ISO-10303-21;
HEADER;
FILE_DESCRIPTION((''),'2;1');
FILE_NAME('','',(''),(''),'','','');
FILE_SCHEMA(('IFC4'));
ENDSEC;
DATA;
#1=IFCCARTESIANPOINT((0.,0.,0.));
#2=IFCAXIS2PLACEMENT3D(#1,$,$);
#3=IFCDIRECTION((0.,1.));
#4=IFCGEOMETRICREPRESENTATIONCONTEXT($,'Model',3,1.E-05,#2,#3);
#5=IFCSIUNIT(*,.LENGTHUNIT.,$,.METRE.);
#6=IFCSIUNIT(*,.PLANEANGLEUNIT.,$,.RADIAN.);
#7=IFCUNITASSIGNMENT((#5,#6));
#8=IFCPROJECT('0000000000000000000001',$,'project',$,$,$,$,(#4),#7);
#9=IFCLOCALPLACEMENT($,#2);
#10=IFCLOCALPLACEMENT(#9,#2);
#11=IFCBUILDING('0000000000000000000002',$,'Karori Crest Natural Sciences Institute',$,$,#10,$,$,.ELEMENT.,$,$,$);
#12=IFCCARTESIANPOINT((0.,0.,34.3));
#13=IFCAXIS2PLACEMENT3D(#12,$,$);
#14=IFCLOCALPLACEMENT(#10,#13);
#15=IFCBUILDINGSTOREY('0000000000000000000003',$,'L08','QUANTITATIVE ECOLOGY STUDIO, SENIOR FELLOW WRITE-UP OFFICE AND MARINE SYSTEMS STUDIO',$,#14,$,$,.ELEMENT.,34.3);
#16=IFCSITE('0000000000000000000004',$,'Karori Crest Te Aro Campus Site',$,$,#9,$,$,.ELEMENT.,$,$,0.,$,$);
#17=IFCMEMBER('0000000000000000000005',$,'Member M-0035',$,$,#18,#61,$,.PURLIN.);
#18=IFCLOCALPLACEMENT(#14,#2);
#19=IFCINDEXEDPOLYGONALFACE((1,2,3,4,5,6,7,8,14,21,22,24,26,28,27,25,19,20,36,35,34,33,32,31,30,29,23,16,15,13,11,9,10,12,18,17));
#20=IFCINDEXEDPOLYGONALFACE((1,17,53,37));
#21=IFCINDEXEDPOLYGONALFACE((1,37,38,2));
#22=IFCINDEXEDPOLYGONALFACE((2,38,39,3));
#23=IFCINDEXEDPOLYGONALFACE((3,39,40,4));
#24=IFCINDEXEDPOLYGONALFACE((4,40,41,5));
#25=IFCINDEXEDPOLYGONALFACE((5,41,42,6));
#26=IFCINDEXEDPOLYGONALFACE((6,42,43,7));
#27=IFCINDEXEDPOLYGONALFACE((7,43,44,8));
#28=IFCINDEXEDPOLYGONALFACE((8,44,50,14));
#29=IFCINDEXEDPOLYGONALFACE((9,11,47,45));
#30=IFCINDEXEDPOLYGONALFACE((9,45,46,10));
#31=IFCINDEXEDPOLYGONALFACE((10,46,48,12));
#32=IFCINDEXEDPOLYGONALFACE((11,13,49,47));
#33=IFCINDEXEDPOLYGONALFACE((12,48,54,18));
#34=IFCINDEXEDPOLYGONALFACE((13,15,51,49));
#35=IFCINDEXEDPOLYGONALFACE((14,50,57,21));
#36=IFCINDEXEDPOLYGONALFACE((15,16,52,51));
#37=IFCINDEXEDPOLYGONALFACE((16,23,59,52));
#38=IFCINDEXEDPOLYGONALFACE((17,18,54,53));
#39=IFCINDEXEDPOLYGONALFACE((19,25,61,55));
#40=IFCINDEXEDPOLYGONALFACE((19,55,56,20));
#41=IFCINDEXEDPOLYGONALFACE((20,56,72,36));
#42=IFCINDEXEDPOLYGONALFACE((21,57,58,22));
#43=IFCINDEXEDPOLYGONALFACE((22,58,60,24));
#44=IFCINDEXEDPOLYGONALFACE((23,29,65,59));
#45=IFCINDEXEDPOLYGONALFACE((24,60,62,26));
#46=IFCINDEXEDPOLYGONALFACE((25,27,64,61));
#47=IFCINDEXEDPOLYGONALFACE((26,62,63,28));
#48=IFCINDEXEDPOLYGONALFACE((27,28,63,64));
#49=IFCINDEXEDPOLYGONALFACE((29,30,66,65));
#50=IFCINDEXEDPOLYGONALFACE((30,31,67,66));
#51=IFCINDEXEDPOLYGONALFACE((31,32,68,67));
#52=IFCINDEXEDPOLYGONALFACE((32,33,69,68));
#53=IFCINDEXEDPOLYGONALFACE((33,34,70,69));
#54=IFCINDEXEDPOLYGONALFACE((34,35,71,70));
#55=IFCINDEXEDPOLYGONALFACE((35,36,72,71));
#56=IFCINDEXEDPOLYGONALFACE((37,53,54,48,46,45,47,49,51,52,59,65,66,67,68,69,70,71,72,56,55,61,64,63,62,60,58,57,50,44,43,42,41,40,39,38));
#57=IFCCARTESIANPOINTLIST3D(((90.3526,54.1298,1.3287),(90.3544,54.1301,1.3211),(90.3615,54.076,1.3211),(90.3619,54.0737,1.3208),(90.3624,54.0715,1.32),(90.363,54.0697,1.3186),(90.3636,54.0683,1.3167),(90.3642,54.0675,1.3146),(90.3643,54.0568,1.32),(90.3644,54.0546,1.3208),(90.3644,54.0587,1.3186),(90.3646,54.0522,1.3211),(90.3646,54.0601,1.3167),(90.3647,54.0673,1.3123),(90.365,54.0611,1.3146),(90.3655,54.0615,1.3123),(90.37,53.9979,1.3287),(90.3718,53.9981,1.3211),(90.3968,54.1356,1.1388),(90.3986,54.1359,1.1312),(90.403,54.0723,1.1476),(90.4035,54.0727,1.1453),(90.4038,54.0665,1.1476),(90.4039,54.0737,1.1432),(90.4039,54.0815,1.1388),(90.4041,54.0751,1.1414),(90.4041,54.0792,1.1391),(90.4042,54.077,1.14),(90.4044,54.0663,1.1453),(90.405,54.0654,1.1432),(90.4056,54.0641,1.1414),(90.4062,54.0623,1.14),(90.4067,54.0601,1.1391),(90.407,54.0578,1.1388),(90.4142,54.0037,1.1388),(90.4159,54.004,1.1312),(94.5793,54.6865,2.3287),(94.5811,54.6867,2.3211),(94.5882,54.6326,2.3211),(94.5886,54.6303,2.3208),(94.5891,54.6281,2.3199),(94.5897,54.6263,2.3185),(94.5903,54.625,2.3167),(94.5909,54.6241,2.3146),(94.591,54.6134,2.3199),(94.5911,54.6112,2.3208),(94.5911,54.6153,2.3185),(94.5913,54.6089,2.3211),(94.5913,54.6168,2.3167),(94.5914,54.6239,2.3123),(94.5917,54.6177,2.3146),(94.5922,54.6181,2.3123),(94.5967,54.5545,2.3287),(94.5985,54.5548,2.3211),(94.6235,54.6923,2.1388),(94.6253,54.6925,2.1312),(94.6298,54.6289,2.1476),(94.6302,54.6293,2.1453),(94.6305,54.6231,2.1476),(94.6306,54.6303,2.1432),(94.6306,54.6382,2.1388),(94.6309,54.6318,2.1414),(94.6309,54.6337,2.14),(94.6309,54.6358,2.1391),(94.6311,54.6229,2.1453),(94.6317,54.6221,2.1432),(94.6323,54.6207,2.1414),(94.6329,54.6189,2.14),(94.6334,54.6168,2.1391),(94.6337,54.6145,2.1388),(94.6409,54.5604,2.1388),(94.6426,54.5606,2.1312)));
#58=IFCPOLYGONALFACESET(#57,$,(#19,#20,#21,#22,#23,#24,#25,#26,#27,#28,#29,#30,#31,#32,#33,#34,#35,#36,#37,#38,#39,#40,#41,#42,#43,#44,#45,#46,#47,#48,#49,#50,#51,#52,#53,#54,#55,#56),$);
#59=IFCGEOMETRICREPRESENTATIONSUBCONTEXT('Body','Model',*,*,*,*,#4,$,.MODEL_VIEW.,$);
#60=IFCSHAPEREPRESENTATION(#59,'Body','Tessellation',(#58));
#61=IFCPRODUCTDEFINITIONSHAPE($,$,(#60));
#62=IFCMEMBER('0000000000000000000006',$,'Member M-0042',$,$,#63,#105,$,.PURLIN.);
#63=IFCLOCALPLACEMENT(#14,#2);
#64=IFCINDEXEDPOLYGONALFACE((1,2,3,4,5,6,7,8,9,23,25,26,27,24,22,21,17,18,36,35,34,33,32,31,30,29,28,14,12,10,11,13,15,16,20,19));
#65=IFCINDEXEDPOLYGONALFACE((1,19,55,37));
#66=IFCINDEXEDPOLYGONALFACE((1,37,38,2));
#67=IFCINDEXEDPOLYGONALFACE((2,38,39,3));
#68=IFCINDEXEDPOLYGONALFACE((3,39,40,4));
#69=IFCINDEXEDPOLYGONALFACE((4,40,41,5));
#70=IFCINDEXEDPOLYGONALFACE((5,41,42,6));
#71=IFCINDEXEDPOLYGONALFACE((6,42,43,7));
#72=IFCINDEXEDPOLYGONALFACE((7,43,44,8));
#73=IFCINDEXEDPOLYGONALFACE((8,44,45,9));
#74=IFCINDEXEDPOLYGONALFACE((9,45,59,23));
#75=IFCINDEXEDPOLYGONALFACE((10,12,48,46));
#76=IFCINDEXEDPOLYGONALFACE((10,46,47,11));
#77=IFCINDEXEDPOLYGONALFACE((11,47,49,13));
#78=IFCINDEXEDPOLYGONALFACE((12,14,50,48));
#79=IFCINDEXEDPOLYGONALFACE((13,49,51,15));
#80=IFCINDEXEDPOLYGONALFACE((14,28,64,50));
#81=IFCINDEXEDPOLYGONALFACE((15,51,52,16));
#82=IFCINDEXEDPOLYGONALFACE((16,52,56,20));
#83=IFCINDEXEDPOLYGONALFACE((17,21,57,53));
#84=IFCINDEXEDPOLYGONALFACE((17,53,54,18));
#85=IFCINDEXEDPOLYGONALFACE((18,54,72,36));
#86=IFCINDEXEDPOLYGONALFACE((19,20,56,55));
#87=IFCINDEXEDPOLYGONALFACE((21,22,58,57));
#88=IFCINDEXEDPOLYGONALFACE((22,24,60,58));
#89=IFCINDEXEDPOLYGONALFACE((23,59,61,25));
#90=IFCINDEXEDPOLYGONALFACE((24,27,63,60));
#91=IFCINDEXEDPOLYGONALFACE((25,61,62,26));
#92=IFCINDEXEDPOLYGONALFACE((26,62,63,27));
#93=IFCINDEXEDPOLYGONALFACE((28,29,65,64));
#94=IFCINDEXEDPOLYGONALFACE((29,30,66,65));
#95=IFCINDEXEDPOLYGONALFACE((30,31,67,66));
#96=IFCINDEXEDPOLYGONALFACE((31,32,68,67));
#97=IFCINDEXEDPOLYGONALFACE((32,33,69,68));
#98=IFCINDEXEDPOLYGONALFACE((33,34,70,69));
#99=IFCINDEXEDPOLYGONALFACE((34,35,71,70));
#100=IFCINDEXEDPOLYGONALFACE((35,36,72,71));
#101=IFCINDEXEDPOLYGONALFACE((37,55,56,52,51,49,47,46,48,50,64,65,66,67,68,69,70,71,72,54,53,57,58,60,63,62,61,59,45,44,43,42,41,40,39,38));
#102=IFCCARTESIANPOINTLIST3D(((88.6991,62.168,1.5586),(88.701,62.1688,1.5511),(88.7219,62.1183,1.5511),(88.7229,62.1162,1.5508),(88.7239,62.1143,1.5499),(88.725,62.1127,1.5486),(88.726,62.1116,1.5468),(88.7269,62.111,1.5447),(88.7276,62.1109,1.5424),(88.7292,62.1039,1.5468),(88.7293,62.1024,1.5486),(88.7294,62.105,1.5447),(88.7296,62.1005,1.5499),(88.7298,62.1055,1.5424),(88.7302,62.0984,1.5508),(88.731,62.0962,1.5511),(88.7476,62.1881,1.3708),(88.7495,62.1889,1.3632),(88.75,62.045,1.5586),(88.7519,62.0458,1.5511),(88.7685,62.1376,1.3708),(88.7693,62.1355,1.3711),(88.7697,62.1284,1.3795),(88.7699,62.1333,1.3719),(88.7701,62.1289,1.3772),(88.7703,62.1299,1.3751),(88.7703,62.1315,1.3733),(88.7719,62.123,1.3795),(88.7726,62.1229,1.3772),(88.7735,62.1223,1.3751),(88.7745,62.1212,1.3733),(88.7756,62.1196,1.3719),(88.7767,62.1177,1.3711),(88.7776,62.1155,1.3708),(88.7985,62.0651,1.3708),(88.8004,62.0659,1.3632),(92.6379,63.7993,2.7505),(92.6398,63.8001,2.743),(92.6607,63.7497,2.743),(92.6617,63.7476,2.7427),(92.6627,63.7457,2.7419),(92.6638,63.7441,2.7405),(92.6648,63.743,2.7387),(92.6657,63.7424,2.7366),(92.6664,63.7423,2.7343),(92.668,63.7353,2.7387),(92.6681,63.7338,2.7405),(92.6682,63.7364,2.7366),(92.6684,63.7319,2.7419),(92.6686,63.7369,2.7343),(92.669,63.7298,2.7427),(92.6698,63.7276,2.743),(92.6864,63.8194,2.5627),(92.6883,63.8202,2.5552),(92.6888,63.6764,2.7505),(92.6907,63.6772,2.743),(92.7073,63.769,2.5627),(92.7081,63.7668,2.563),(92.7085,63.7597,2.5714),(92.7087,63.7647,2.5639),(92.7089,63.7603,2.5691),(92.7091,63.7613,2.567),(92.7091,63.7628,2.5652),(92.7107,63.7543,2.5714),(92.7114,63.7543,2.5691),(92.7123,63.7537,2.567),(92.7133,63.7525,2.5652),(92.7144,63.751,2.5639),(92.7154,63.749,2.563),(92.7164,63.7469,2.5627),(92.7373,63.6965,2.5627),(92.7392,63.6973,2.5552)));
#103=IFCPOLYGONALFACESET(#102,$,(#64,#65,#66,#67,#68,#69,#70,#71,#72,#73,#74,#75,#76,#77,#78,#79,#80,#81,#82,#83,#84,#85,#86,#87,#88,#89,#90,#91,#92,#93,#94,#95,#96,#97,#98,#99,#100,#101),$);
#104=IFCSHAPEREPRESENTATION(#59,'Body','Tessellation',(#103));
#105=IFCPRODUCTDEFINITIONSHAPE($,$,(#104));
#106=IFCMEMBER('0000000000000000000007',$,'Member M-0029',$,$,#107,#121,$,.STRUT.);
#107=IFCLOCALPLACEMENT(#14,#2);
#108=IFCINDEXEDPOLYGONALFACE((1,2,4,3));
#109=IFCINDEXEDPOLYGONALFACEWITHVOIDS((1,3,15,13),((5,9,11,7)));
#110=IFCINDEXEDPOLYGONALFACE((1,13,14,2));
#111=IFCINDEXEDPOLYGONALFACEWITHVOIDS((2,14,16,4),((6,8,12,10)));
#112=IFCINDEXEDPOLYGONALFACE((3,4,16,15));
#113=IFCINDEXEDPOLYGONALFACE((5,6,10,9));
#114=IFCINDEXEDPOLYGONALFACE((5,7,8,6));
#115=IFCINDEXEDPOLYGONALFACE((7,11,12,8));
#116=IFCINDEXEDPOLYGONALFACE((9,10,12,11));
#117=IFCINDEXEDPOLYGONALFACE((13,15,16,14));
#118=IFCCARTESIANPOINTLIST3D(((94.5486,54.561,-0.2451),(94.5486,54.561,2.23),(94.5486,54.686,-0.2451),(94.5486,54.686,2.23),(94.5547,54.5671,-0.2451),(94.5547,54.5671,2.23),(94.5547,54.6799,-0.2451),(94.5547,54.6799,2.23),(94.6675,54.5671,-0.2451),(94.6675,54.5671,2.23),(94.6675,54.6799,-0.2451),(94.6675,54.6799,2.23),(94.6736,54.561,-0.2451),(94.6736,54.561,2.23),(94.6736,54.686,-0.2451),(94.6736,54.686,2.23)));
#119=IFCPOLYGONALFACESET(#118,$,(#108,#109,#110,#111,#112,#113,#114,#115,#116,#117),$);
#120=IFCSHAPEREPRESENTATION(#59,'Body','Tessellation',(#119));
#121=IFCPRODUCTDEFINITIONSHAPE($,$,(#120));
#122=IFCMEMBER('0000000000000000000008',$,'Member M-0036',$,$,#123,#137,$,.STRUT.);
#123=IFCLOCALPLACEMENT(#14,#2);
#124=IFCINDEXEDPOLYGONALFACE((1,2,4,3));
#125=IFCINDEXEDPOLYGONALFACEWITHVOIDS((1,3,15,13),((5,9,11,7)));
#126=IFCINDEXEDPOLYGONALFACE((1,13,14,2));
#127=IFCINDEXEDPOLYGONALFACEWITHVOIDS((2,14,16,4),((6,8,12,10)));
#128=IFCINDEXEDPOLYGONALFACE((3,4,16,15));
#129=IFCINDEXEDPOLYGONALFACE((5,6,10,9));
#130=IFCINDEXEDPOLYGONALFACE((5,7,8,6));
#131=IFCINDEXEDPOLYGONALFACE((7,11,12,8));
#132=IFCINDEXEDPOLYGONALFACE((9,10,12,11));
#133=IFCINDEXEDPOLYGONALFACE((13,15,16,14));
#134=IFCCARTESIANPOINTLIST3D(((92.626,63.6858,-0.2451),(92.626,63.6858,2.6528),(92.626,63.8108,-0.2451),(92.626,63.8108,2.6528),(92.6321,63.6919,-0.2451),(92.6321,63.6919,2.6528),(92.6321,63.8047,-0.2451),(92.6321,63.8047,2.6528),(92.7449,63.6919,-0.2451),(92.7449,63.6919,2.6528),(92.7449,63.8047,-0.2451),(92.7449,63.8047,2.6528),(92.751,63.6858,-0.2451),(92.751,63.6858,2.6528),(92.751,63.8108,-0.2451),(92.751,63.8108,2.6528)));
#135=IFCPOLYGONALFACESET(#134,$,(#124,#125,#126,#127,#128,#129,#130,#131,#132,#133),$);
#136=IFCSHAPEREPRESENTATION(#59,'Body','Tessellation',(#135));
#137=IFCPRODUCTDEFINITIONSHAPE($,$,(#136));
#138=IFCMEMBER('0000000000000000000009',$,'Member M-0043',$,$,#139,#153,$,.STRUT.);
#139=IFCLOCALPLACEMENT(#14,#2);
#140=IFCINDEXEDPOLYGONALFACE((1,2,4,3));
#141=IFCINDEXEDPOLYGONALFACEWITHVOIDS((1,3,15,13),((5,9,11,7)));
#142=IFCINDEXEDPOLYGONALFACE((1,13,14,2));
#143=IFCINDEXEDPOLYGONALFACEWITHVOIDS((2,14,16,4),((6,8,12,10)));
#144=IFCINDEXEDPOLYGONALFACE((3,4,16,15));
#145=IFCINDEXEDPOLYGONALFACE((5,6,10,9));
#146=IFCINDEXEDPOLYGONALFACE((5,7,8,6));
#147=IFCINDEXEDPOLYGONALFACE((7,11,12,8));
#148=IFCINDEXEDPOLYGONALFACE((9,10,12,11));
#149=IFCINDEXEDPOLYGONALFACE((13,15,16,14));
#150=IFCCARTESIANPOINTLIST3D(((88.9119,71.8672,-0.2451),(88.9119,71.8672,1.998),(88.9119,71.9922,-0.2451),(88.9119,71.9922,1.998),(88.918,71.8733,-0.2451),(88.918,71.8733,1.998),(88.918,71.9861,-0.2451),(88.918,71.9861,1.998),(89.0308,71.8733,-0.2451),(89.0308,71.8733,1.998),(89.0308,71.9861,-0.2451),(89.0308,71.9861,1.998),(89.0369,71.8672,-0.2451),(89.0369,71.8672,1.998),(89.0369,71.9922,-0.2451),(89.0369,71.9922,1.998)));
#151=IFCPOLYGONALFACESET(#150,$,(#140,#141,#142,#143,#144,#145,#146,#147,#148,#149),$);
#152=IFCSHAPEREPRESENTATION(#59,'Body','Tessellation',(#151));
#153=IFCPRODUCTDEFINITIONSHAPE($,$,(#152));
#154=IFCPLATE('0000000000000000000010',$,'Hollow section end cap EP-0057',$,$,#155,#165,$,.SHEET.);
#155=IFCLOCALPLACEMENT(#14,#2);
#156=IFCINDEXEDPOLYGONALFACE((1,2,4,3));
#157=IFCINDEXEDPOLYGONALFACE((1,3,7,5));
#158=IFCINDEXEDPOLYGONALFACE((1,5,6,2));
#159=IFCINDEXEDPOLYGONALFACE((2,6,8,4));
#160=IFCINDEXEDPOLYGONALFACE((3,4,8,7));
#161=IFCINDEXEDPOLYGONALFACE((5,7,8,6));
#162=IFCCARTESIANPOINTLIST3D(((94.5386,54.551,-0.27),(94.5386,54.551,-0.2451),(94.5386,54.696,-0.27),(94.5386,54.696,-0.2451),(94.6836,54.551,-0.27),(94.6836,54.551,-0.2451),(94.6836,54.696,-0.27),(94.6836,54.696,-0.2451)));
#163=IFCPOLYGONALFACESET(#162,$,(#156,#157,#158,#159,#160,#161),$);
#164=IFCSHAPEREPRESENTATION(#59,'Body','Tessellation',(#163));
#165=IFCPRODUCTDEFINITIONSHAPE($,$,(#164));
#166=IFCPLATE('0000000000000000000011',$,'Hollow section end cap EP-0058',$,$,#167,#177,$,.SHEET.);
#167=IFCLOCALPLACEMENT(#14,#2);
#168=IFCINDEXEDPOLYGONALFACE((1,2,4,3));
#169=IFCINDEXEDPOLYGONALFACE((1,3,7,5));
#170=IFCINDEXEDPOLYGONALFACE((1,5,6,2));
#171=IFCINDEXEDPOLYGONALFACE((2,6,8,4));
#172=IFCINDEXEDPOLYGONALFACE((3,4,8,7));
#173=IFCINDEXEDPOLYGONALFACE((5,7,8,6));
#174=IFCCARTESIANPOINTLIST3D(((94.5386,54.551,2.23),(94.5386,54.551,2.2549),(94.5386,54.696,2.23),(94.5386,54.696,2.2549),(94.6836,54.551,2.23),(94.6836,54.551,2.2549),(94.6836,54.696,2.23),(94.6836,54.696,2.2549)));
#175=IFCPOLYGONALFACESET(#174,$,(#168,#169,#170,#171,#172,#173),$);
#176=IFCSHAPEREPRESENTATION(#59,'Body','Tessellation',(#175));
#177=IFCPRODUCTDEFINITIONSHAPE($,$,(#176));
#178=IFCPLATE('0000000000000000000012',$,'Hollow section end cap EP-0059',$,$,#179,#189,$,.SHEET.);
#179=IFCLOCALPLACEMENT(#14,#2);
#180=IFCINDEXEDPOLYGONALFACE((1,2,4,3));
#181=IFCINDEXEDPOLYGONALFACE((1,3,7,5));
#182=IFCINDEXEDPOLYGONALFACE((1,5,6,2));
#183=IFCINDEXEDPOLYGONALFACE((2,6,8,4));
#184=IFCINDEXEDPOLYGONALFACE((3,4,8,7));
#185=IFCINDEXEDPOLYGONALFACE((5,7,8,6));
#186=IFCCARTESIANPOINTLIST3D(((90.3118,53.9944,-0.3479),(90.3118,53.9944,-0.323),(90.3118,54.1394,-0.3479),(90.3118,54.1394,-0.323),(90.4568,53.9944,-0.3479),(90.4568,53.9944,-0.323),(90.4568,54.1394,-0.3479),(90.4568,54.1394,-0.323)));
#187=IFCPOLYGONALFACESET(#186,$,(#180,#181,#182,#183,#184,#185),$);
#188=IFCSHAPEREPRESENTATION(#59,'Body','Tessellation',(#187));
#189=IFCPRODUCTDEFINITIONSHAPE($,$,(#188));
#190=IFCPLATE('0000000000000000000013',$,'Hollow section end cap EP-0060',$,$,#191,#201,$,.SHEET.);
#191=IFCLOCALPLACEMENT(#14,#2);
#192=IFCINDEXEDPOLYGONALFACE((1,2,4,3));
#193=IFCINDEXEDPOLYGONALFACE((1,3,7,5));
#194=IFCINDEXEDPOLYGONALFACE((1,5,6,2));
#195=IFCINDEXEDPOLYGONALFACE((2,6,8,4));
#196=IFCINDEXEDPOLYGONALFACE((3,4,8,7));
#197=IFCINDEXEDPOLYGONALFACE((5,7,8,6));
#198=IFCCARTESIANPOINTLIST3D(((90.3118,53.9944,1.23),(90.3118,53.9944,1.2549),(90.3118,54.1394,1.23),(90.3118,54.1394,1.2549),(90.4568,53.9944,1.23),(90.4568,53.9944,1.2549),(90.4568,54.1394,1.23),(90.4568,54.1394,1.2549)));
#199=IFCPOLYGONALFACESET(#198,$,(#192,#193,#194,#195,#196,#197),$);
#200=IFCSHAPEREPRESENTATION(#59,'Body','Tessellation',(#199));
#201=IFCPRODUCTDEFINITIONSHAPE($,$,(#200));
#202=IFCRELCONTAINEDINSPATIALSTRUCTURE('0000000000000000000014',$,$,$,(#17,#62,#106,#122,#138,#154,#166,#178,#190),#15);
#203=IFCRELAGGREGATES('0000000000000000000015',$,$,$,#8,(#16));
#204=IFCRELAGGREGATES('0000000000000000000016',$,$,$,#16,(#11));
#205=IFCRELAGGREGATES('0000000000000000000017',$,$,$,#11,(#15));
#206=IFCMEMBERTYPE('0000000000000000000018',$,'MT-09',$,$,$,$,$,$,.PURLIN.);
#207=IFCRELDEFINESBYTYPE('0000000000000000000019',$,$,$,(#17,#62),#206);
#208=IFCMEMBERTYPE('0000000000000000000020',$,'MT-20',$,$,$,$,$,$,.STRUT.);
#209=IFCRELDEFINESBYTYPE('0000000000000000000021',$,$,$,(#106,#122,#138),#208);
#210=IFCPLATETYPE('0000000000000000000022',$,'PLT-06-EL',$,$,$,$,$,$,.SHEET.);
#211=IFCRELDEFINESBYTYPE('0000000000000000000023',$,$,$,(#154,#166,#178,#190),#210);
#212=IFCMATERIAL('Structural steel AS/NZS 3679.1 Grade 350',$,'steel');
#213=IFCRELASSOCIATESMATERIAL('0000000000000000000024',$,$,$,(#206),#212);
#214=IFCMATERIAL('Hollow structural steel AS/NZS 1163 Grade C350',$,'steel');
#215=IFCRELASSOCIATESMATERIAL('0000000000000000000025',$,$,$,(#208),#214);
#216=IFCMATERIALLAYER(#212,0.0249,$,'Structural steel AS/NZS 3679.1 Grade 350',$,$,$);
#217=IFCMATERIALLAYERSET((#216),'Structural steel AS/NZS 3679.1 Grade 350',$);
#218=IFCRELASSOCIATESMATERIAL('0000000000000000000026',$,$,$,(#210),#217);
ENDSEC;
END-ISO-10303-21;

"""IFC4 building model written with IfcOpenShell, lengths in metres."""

from ifc_helpers import new_model, si_unit, direction, frame, origin, origin_2d, place, context, subcontext, project, spatial, rectangle, hollow_rectangle, i_section, extrude, material, layer, layer_set, material_profile, profile_set, type_object, element, save


model = new_model("IFC4")

# Units and contexts
model_context = context("Model", 3, precision=1e-05, world=origin(), true_north=direction((0.0, 1.0)))
body_context = subcontext(model_context, "Body", "Model", "MODEL_VIEW")
ifc_project = project(units=[si_unit("LENGTHUNIT", "METRE"), si_unit("PLANEANGLEUNIT", "RADIAN")], contexts=[model_context])

# Site, building, storey
site_placement = place(None, origin())
site = spatial("IfcSite", under=ifc_project, at=site_placement, Name="Karori Crest Te Aro Campus Site", CompositionType="ELEMENT", RefElevation=0.0)
building_placement = place(site_placement, origin())
building = spatial("IfcBuilding", under=site, at=building_placement, Name="Karori Crest Natural Sciences Institute", CompositionType="ELEMENT")
storey_placement = place(building_placement, frame((0.0, 0.0, 34.3)))
storey = spatial("IfcBuildingStorey", under=building, at=storey_placement, Name="L08", Description="QUANTITATIVE ECOLOGY STUDIO, SENIOR FELLOW WRITE-UP OFFICE AND MARINE SYSTEMS STUDIO", CompositionType="ELEMENT", Elevation=34.3)

# Members
ifc_material_1 = material(Name="Structural steel AS/NZS 3679.1 Grade 350", Category="steel")
ifc_material_profile_1 = material_profile(ifc_material_1, i_section(OverallWidth=0.1331, OverallDepth=0.2029, WebThickness=0.0059, FlangeThickness=0.0078, FilletRadius=0.009, at=origin_2d()), Name="200UB25.4")
ifc_profile_set_1 = profile_set([ifc_material_profile_1], Name="Structural steel AS/NZS 3679.1 Grade 350")
member_type_1 = type_object("IfcMemberType", Name="MT-09", PredefinedType="PURLIN", material=ifc_profile_set_1)
member_1_placement = place(storey_placement, frame((90.3843, 54.0669, 1.23), z_axis=(0.965242, 0.127116, 0.228362), x_axis=(-0.130566, 0.99144, 0.0)))
element("IfcMember", 1, at=member_1_placement, inside=storey, type_object=member_type_1, Name="Member M-0035", PredefinedType="PURLIN", context=body_context, shape_type="SweptSolid", body=[
    extrude(i_section(OverallWidth=0.1331, OverallDepth=0.2029, WebThickness=0.0059, FlangeThickness=0.0078, FilletRadius=0.009, at=origin_2d()), origin(), (0.0, 0.0, 1.0), 4.3789),
])
member_2_placement = place(storey_placement, frame((88.7498, 62.1169, 1.4609), z_axis=(0.88977, 0.368527, 0.269253), x_axis=(-0.382659, 0.92389, 0.0)))
element("IfcMember", 2, at=member_2_placement, inside=storey, type_object=member_type_1, Name="Member M-0042", PredefinedType="PURLIN", context=body_context, shape_type="SweptSolid", body=[
    extrude(i_section(OverallWidth=0.1331, OverallDepth=0.2029, WebThickness=0.0059, FlangeThickness=0.0078, FilletRadius=0.009, at=origin_2d()), origin(), (0.0, 0.0, 1.0), 4.4268),
])
ifc_material_2 = material(Name="Hollow structural steel AS/NZS 1163 Grade C350", Category="steel")
ifc_material_profile_2 = material_profile(ifc_material_2, hollow_rectangle(XDim=0.125, YDim=0.125, WallThickness=0.0061, at=origin_2d()), Name="SHS125x125x6")
ifc_profile_set_2 = profile_set([ifc_material_profile_2], Name="Hollow structural steel AS/NZS 1163 Grade C350")
member_type_2 = type_object("IfcMemberType", Name="MT-20", PredefinedType="STRUT", material=ifc_profile_set_2)
member_3_placement = place(storey_placement, frame((94.6111, 54.6235, -0.2451), z_axis=(0.0, 0.0, 1.0), x_axis=(1.0, 0.0, 0.0)))
element("IfcMember", 3, at=member_3_placement, inside=storey, type_object=member_type_2, Name="Member M-0029", PredefinedType="STRUT", context=body_context, shape_type="SweptSolid", body=[
    extrude(hollow_rectangle(XDim=0.125, YDim=0.125, WallThickness=0.0061, at=origin_2d()), origin(), (0.0, 0.0, 1.0), 2.4751),
])
member_4_placement = place(storey_placement, frame((92.6885, 63.7483, -0.2451), z_axis=(0.0, 0.0, 1.0), x_axis=(1.0, 0.0, 0.0)))
element("IfcMember", 4, at=member_4_placement, inside=storey, type_object=member_type_2, Name="Member M-0036", PredefinedType="STRUT", context=body_context, shape_type="SweptSolid", body=[
    extrude(hollow_rectangle(XDim=0.125, YDim=0.125, WallThickness=0.0061, at=origin_2d()), origin(), (0.0, 0.0, 1.0), 2.8979),
])
member_5_placement = place(storey_placement, frame((88.9744, 71.9297, -0.2451), z_axis=(0.0, 0.0, 1.0), x_axis=(1.0, 0.0, 0.0)))
element("IfcMember", 5, at=member_5_placement, inside=storey, type_object=member_type_2, Name="Member M-0043", PredefinedType="STRUT", context=body_context, shape_type="SweptSolid", body=[
    extrude(hollow_rectangle(XDim=0.125, YDim=0.125, WallThickness=0.0061, at=origin_2d()), origin(), (0.0, 0.0, 1.0), 2.2432),
])

# Plates
ifc_layer_1 = layer(ifc_material_1, 0.0249, Name="Structural steel AS/NZS 3679.1 Grade 350")
ifc_layer_set_1 = layer_set([ifc_layer_1], Name="Structural steel AS/NZS 3679.1 Grade 350")
plate_type = type_object("IfcPlateType", Name="PLT-06-EL", PredefinedType="SHEET", material=ifc_layer_set_1)
for number, where, z_axis, x_axis, name in (
    (6, (94.6111, 54.6235, -0.27), (0.0, 0.0, 1.0), (1.0, 0.0, 0.0), "Hollow section end cap EP-0057"),
    (7, (94.6111, 54.6235, 2.23), (0.0, 0.0, 1.0), (1.0, 0.0, 0.0), "Hollow section end cap EP-0058"),
    (8, (90.3843, 54.0669, -0.3479), (0.0, 0.0, 1.0), (1.0, 0.0, 0.0), "Hollow section end cap EP-0059"),
    (9, (90.3843, 54.0669, 1.23), (0.0, 0.0, 1.0), (1.0, 0.0, 0.0), "Hollow section end cap EP-0060"),
):
    element("IfcPlate", number, at=place(storey_placement, frame(where, z_axis=z_axis, x_axis=x_axis)), inside=storey, type_object=plate_type, Name=name, PredefinedType="SHEET", context=body_context, shape_type="SweptSolid", body=[
        extrude(rectangle(XDim=0.145, YDim=0.145, at=origin_2d()), origin(), (0.0, 0.0, 1.0), 0.0249),
    ])

save(model, "model.ifc")
